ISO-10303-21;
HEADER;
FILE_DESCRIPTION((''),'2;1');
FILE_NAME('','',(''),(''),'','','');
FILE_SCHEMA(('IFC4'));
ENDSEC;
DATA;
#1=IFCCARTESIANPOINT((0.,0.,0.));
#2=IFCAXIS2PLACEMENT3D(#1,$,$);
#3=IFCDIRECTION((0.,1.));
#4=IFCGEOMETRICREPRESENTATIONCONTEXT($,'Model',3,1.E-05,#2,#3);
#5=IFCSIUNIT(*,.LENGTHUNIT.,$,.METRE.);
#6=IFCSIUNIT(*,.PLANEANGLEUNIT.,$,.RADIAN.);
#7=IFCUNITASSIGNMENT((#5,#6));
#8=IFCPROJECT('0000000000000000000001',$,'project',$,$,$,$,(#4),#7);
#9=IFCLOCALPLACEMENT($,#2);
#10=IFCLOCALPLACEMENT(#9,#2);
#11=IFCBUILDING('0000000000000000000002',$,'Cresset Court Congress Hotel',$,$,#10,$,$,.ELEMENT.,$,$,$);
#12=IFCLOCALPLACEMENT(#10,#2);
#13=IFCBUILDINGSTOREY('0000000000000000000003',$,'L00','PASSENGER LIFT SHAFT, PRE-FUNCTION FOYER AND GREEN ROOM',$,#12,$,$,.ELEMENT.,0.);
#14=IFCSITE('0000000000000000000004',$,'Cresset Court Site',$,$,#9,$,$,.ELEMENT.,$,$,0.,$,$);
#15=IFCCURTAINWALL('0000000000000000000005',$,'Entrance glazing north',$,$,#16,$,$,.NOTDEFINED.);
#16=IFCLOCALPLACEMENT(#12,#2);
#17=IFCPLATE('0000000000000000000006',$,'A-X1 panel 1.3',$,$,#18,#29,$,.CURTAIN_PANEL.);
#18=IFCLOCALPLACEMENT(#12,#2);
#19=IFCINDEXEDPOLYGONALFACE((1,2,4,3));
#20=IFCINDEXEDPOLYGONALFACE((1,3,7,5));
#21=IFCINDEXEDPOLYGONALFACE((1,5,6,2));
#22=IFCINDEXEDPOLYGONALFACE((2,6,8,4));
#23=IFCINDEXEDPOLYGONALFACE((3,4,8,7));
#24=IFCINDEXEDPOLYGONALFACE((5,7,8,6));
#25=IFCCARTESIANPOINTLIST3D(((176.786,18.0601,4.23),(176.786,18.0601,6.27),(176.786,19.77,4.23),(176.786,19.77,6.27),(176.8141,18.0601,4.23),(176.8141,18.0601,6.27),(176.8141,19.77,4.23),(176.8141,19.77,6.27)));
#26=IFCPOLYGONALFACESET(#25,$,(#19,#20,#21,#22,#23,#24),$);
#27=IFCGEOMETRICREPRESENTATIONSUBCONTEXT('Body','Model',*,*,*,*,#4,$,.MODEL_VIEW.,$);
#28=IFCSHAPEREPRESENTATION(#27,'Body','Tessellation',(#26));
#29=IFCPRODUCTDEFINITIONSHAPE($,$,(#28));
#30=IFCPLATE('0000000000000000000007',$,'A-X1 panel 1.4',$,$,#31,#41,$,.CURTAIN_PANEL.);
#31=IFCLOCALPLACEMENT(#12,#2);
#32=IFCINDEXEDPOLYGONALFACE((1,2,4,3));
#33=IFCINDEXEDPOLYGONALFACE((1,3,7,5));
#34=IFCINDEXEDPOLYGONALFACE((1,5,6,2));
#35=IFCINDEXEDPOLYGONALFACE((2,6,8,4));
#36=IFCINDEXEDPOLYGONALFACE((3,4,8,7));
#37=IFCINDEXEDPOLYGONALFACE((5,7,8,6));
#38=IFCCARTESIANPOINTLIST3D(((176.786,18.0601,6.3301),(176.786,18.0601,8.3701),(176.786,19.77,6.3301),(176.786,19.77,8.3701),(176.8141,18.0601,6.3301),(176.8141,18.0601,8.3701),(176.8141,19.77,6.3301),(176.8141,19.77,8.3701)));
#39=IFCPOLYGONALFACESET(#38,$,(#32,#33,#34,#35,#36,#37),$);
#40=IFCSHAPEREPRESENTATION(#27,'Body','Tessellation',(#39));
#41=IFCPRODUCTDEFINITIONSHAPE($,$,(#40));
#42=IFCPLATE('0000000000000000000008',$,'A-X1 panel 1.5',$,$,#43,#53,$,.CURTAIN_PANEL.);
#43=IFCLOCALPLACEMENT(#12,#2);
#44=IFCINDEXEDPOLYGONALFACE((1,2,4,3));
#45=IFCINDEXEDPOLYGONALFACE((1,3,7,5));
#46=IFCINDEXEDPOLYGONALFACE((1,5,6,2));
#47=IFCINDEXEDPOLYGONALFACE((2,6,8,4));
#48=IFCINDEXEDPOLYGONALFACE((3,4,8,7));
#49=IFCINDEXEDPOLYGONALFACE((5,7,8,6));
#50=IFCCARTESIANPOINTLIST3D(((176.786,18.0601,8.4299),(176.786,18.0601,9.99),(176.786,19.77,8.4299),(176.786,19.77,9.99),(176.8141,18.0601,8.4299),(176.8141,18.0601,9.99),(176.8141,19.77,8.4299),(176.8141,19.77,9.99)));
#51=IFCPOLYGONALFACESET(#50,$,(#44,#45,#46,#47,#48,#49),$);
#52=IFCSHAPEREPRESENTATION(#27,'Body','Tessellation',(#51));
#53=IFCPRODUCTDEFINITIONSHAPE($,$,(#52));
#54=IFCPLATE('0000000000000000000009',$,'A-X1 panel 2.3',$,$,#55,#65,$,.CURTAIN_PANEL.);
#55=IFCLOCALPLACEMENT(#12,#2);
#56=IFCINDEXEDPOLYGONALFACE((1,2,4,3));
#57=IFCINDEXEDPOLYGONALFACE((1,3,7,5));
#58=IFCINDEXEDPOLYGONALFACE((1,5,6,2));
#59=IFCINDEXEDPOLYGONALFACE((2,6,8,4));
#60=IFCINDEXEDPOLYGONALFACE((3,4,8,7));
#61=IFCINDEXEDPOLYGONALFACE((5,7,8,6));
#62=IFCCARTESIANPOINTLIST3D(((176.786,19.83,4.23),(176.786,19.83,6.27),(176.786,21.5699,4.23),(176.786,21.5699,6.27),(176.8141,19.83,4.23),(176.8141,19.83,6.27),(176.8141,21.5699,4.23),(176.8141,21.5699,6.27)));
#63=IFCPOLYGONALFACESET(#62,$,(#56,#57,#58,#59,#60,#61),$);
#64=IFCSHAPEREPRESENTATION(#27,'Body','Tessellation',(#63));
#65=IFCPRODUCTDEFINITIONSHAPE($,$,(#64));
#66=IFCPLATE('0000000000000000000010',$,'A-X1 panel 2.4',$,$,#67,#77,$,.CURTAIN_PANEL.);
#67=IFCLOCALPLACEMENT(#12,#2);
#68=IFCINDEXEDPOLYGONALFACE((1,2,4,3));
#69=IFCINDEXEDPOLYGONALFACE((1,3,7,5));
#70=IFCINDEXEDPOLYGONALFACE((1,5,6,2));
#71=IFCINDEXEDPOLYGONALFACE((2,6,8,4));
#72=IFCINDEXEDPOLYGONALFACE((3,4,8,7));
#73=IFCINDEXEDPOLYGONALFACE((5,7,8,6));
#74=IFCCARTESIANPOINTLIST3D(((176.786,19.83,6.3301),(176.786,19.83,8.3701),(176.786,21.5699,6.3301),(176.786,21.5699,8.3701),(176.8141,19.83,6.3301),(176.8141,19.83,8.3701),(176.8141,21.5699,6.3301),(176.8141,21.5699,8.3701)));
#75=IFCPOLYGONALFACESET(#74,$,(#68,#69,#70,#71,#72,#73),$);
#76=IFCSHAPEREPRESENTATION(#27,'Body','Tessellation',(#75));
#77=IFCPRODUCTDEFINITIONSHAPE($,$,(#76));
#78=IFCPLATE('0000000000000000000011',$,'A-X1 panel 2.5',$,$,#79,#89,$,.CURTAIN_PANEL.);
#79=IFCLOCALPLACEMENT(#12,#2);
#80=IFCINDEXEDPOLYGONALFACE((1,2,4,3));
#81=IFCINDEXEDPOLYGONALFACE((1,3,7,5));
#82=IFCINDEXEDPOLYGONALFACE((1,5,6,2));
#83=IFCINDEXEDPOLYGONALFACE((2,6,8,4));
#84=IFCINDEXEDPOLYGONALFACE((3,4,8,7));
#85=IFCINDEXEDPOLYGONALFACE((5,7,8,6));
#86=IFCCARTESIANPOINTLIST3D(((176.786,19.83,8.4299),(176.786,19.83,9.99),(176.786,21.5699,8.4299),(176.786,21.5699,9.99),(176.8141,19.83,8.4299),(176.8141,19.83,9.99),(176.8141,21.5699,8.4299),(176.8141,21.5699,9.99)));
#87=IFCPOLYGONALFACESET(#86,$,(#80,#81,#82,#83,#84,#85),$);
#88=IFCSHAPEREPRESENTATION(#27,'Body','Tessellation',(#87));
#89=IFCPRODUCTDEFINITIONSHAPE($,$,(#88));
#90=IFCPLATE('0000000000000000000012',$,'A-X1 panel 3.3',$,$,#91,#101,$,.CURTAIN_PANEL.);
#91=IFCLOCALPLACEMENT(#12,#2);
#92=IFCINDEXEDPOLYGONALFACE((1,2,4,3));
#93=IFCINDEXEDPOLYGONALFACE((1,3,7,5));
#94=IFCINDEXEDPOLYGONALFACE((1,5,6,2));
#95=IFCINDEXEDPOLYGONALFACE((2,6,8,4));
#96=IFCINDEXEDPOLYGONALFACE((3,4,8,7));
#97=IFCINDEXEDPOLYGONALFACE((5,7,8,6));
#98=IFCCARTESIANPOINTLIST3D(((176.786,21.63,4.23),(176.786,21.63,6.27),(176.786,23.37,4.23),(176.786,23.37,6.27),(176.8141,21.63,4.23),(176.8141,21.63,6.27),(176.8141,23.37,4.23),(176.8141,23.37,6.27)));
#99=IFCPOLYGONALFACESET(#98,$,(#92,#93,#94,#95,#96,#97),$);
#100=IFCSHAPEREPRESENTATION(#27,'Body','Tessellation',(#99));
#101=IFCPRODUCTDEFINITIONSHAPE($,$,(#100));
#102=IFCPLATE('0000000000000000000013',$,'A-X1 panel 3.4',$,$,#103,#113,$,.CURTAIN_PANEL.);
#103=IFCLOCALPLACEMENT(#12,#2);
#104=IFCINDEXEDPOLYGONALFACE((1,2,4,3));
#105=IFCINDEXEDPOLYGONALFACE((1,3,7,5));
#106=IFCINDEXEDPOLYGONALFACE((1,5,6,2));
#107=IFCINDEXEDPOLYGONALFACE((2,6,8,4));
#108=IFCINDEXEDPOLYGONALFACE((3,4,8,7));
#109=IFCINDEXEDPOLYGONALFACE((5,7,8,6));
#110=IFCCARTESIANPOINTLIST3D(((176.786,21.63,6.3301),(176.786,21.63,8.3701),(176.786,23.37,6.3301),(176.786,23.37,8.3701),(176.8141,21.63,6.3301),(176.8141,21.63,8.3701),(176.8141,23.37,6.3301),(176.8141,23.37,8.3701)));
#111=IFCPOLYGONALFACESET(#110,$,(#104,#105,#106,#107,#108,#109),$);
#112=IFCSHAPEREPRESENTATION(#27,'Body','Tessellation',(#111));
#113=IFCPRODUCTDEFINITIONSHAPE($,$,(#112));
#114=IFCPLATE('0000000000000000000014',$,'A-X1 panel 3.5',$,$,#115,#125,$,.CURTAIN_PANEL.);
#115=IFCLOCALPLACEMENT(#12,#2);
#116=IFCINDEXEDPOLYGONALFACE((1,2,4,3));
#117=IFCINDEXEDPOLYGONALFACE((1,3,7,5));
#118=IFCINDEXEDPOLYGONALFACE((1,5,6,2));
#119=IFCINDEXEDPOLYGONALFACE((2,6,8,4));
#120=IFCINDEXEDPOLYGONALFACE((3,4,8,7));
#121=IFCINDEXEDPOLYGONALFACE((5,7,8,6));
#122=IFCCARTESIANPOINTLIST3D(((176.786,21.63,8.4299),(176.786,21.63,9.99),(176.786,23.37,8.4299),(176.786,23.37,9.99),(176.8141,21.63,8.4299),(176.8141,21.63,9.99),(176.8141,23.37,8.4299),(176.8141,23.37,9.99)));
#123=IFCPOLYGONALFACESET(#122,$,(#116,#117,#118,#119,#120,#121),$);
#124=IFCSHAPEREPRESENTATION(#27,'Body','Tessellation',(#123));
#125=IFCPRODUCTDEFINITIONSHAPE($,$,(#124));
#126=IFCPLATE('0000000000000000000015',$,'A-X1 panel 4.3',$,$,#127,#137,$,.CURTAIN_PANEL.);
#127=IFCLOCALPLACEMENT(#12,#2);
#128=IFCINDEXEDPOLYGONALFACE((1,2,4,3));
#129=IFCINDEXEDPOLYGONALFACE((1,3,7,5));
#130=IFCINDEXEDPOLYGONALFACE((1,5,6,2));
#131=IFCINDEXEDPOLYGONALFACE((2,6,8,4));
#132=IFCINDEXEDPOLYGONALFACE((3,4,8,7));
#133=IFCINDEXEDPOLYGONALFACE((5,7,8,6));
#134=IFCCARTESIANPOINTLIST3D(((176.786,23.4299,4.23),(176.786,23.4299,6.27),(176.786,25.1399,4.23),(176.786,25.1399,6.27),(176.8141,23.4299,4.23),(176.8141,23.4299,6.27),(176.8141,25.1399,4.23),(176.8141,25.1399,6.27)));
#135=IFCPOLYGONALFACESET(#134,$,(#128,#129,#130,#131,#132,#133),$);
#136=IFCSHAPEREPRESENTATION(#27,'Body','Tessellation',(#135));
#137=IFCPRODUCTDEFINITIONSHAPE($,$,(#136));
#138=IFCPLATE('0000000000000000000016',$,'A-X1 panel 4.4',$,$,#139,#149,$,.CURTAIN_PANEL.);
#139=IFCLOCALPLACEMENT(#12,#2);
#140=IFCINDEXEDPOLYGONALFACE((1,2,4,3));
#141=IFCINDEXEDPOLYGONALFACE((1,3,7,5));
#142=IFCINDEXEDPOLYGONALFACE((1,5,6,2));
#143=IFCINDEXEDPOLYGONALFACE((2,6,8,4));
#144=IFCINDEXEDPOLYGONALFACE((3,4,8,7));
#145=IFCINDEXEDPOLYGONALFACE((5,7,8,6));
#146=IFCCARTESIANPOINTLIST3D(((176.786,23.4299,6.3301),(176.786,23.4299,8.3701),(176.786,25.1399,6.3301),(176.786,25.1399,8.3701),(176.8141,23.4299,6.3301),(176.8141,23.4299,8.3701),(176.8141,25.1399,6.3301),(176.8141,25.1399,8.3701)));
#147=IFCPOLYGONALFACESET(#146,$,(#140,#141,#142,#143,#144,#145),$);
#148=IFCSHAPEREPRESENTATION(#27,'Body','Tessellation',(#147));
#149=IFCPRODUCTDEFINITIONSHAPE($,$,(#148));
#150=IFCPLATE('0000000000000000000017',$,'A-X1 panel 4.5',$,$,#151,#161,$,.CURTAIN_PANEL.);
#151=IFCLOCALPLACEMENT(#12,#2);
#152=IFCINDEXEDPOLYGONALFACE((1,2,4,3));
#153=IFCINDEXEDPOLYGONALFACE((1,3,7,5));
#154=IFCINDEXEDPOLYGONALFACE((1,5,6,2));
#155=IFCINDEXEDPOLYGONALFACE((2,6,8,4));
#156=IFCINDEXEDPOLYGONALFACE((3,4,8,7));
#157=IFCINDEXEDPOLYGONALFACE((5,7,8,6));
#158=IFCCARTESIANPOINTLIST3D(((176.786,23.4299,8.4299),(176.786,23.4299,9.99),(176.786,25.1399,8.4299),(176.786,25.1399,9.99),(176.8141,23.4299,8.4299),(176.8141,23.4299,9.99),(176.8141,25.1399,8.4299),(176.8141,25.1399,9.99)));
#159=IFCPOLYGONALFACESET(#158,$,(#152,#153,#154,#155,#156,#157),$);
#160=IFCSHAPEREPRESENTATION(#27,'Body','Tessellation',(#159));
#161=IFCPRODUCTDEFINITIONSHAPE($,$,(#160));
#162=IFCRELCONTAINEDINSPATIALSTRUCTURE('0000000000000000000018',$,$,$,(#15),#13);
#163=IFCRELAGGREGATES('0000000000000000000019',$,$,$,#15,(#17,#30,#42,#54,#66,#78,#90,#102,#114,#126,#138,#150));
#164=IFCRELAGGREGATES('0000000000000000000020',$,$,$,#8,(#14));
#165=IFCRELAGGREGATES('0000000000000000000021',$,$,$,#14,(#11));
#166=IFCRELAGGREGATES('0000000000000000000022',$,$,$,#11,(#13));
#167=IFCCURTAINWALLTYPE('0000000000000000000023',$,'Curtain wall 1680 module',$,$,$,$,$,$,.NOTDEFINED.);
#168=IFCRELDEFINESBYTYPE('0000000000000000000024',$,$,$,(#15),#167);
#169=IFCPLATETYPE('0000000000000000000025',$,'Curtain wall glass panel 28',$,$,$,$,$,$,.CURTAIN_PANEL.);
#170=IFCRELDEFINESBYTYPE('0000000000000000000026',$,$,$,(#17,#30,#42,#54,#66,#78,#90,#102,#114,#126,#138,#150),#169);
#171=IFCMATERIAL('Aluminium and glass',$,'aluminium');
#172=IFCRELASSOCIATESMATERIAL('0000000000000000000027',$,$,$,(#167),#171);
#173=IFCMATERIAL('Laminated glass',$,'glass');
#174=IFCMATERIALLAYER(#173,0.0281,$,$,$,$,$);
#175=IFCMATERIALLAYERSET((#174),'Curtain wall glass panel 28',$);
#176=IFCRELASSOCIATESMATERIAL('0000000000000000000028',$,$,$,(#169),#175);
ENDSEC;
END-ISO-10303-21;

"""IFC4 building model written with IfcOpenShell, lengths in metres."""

from ifc_helpers import new_model, si_unit, direction, frame, origin, origin_2d, place, context, subcontext, project, spatial, rectangle, extrude, material, layer, layer_set, type_object, element, aggregate, save


model = new_model("IFC4")

# Units and contexts
model_context = context("Model", 3, precision=1e-05, world=origin(), true_north=direction((0.0, 1.0)))
body_context = subcontext(model_context, "Body", "Model", "MODEL_VIEW")
ifc_project = project(units=[si_unit("LENGTHUNIT", "METRE"), si_unit("PLANEANGLEUNIT", "RADIAN")], contexts=[model_context])

# Site, building, storey
site_placement = place(None, origin())
site = spatial("IfcSite", under=ifc_project, at=site_placement, Name="Cresset Court Site", CompositionType="ELEMENT", RefElevation=0.0)
building_placement = place(site_placement, origin())
building = spatial("IfcBuilding", under=site, at=building_placement, Name="Cresset Court Congress Hotel", CompositionType="ELEMENT")
storey_placement = place(building_placement, origin())
storey = spatial("IfcBuildingStorey", under=building, at=storey_placement, Name="L00", Description="PASSENGER LIFT SHAFT, PRE-FUNCTION FOYER AND GREEN ROOM", CompositionType="ELEMENT", Elevation=0.0)

# Curtain wall, plates
ifc_material_1 = material(Name="Aluminium and glass", Category="aluminium")
curtain_wall_type = type_object("IfcCurtainWallType", Name="Curtain wall 1680 module", PredefinedType="NOTDEFINED", material=ifc_material_1)
curtain_wall_placement = place(storey_placement, origin())
curtain_wall = element("IfcCurtainWall", 1, at=curtain_wall_placement, inside=storey, type_object=curtain_wall_type, Name="Entrance glazing north", PredefinedType="NOTDEFINED")
ifc_material_2 = material(Name="Laminated glass", Category="glass")
ifc_layer = layer(ifc_material_2, 0.0281)
ifc_layer_set = layer_set([ifc_layer], Name="Curtain wall glass panel 28")
plate_type = type_object("IfcPlateType", Name="Curtain wall glass panel 28", PredefinedType="CURTAIN_PANEL", material=ifc_layer_set)
plate_1_placement = place(storey_placement, frame((176.8, 18.915, 4.23), z_axis=(0.0, 0.0, 1.0), x_axis=(0.0, 1.0, 0.0)))
plate_1 = element("IfcPlate", 2, at=plate_1_placement, type_object=plate_type, Name="A-X1 panel 1.3", PredefinedType="CURTAIN_PANEL", context=body_context, shape_type="SweptSolid", body=[
    extrude(rectangle(XDim=1.71, YDim=0.0281, at=origin_2d()), origin(), (0.0, 0.0, 1.0), 2.04),
])
plate_2_placement = place(storey_placement, frame((176.8, 18.915, 6.3301), z_axis=(0.0, 0.0, 1.0), x_axis=(0.0, 1.0, 0.0)))
plate_2 = element("IfcPlate", 3, at=plate_2_placement, type_object=plate_type, Name="A-X1 panel 1.4", PredefinedType="CURTAIN_PANEL", context=body_context, shape_type="SweptSolid", body=[
    extrude(rectangle(XDim=1.71, YDim=0.0281, at=origin_2d()), origin(), (0.0, 0.0, 1.0), 2.04),
])
plate_3_placement = place(storey_placement, frame((176.8, 18.915, 8.4299), z_axis=(0.0, 0.0, 1.0), x_axis=(0.0, 1.0, 0.0)))
plate_3 = element("IfcPlate", 4, at=plate_3_placement, type_object=plate_type, Name="A-X1 panel 1.5", PredefinedType="CURTAIN_PANEL", context=body_context, shape_type="SweptSolid", body=[
    extrude(rectangle(XDim=1.71, YDim=0.0281, at=origin_2d()), origin(), (0.0, 0.0, 1.0), 1.5601),
])
plate_4_placement = place(storey_placement, frame((176.8, 20.7, 4.23), z_axis=(0.0, 0.0, 1.0), x_axis=(0.0, 1.0, 0.0)))
plate_4 = element("IfcPlate", 5, at=plate_4_placement, type_object=plate_type, Name="A-X1 panel 2.3", PredefinedType="CURTAIN_PANEL", context=body_context, shape_type="SweptSolid", body=[
    extrude(rectangle(XDim=1.74, YDim=0.0281, at=origin_2d()), origin(), (0.0, 0.0, 1.0), 2.04),
])
plate_5_placement = place(storey_placement, frame((176.8, 20.7, 6.3301), z_axis=(0.0, 0.0, 1.0), x_axis=(0.0, 1.0, 0.0)))
plate_5 = element("IfcPlate", 6, at=plate_5_placement, type_object=plate_type, Name="A-X1 panel 2.4", PredefinedType="CURTAIN_PANEL", context=body_context, shape_type="SweptSolid", body=[
    extrude(rectangle(XDim=1.74, YDim=0.0281, at=origin_2d()), origin(), (0.0, 0.0, 1.0), 2.04),
])
plate_6_placement = place(storey_placement, frame((176.8, 20.7, 8.4299), z_axis=(0.0, 0.0, 1.0), x_axis=(0.0, 1.0, 0.0)))
plate_6 = element("IfcPlate", 7, at=plate_6_placement, type_object=plate_type, Name="A-X1 panel 2.5", PredefinedType="CURTAIN_PANEL", context=body_context, shape_type="SweptSolid", body=[
    extrude(rectangle(XDim=1.74, YDim=0.0281, at=origin_2d()), origin(), (0.0, 0.0, 1.0), 1.5601),
])
plate_7_placement = place(storey_placement, frame((176.8, 22.5, 4.23), z_axis=(0.0, 0.0, 1.0), x_axis=(0.0, 1.0, 0.0)))
plate_7 = element("IfcPlate", 8, at=plate_7_placement, type_object=plate_type, Name="A-X1 panel 3.3", PredefinedType="CURTAIN_PANEL", context=body_context, shape_type="SweptSolid", body=[
    extrude(rectangle(XDim=1.74, YDim=0.0281, at=origin_2d()), origin(), (0.0, 0.0, 1.0), 2.04),
])
plate_8_placement = place(storey_placement, frame((176.8, 22.5, 6.3301), z_axis=(0.0, 0.0, 1.0), x_axis=(0.0, 1.0, 0.0)))
plate_8 = element("IfcPlate", 9, at=plate_8_placement, type_object=plate_type, Name="A-X1 panel 3.4", PredefinedType="CURTAIN_PANEL", context=body_context, shape_type="SweptSolid", body=[
    extrude(rectangle(XDim=1.74, YDim=0.0281, at=origin_2d()), origin(), (0.0, 0.0, 1.0), 2.04),
])
plate_9_placement = place(storey_placement, frame((176.8, 22.5, 8.4299), z_axis=(0.0, 0.0, 1.0), x_axis=(0.0, 1.0, 0.0)))
plate_9 = element("IfcPlate", 10, at=plate_9_placement, type_object=plate_type, Name="A-X1 panel 3.5", PredefinedType="CURTAIN_PANEL", context=body_context, shape_type="SweptSolid", body=[
    extrude(rectangle(XDim=1.74, YDim=0.0281, at=origin_2d()), origin(), (0.0, 0.0, 1.0), 1.5601),
])
plate_10_placement = place(storey_placement, frame((176.8, 24.2849, 4.23), z_axis=(0.0, 0.0, 1.0), x_axis=(0.0, 1.0, 0.0)))
plate_10 = element("IfcPlate", 11, at=plate_10_placement, type_object=plate_type, Name="A-X1 panel 4.3", PredefinedType="CURTAIN_PANEL", context=body_context, shape_type="SweptSolid", body=[
    extrude(rectangle(XDim=1.71, YDim=0.0281, at=origin_2d()), origin(), (0.0, 0.0, 1.0), 2.04),
])
plate_11_placement = place(storey_placement, frame((176.8, 24.2849, 6.3301), z_axis=(0.0, 0.0, 1.0), x_axis=(0.0, 1.0, 0.0)))
plate_11 = element("IfcPlate", 12, at=plate_11_placement, type_object=plate_type, Name="A-X1 panel 4.4", PredefinedType="CURTAIN_PANEL", context=body_context, shape_type="SweptSolid", body=[
    extrude(rectangle(XDim=1.71, YDim=0.0281, at=origin_2d()), origin(), (0.0, 0.0, 1.0), 2.04),
])
plate_12_placement = place(storey_placement, frame((176.8, 24.2849, 8.4299), z_axis=(0.0, 0.0, 1.0), x_axis=(0.0, 1.0, 0.0)))
plate_12 = element("IfcPlate", 13, at=plate_12_placement, type_object=plate_type, Name="A-X1 panel 4.5", PredefinedType="CURTAIN_PANEL", context=body_context, shape_type="SweptSolid", body=[
    extrude(rectangle(XDim=1.71, YDim=0.0281, at=origin_2d()), origin(), (0.0, 0.0, 1.0), 1.5601),
])
aggregate(curtain_wall, [plate_1, plate_2, plate_3, plate_4, plate_5, plate_6, plate_7, plate_8, plate_9, plate_10, plate_11, plate_12])

save(model, "model.ifc")
